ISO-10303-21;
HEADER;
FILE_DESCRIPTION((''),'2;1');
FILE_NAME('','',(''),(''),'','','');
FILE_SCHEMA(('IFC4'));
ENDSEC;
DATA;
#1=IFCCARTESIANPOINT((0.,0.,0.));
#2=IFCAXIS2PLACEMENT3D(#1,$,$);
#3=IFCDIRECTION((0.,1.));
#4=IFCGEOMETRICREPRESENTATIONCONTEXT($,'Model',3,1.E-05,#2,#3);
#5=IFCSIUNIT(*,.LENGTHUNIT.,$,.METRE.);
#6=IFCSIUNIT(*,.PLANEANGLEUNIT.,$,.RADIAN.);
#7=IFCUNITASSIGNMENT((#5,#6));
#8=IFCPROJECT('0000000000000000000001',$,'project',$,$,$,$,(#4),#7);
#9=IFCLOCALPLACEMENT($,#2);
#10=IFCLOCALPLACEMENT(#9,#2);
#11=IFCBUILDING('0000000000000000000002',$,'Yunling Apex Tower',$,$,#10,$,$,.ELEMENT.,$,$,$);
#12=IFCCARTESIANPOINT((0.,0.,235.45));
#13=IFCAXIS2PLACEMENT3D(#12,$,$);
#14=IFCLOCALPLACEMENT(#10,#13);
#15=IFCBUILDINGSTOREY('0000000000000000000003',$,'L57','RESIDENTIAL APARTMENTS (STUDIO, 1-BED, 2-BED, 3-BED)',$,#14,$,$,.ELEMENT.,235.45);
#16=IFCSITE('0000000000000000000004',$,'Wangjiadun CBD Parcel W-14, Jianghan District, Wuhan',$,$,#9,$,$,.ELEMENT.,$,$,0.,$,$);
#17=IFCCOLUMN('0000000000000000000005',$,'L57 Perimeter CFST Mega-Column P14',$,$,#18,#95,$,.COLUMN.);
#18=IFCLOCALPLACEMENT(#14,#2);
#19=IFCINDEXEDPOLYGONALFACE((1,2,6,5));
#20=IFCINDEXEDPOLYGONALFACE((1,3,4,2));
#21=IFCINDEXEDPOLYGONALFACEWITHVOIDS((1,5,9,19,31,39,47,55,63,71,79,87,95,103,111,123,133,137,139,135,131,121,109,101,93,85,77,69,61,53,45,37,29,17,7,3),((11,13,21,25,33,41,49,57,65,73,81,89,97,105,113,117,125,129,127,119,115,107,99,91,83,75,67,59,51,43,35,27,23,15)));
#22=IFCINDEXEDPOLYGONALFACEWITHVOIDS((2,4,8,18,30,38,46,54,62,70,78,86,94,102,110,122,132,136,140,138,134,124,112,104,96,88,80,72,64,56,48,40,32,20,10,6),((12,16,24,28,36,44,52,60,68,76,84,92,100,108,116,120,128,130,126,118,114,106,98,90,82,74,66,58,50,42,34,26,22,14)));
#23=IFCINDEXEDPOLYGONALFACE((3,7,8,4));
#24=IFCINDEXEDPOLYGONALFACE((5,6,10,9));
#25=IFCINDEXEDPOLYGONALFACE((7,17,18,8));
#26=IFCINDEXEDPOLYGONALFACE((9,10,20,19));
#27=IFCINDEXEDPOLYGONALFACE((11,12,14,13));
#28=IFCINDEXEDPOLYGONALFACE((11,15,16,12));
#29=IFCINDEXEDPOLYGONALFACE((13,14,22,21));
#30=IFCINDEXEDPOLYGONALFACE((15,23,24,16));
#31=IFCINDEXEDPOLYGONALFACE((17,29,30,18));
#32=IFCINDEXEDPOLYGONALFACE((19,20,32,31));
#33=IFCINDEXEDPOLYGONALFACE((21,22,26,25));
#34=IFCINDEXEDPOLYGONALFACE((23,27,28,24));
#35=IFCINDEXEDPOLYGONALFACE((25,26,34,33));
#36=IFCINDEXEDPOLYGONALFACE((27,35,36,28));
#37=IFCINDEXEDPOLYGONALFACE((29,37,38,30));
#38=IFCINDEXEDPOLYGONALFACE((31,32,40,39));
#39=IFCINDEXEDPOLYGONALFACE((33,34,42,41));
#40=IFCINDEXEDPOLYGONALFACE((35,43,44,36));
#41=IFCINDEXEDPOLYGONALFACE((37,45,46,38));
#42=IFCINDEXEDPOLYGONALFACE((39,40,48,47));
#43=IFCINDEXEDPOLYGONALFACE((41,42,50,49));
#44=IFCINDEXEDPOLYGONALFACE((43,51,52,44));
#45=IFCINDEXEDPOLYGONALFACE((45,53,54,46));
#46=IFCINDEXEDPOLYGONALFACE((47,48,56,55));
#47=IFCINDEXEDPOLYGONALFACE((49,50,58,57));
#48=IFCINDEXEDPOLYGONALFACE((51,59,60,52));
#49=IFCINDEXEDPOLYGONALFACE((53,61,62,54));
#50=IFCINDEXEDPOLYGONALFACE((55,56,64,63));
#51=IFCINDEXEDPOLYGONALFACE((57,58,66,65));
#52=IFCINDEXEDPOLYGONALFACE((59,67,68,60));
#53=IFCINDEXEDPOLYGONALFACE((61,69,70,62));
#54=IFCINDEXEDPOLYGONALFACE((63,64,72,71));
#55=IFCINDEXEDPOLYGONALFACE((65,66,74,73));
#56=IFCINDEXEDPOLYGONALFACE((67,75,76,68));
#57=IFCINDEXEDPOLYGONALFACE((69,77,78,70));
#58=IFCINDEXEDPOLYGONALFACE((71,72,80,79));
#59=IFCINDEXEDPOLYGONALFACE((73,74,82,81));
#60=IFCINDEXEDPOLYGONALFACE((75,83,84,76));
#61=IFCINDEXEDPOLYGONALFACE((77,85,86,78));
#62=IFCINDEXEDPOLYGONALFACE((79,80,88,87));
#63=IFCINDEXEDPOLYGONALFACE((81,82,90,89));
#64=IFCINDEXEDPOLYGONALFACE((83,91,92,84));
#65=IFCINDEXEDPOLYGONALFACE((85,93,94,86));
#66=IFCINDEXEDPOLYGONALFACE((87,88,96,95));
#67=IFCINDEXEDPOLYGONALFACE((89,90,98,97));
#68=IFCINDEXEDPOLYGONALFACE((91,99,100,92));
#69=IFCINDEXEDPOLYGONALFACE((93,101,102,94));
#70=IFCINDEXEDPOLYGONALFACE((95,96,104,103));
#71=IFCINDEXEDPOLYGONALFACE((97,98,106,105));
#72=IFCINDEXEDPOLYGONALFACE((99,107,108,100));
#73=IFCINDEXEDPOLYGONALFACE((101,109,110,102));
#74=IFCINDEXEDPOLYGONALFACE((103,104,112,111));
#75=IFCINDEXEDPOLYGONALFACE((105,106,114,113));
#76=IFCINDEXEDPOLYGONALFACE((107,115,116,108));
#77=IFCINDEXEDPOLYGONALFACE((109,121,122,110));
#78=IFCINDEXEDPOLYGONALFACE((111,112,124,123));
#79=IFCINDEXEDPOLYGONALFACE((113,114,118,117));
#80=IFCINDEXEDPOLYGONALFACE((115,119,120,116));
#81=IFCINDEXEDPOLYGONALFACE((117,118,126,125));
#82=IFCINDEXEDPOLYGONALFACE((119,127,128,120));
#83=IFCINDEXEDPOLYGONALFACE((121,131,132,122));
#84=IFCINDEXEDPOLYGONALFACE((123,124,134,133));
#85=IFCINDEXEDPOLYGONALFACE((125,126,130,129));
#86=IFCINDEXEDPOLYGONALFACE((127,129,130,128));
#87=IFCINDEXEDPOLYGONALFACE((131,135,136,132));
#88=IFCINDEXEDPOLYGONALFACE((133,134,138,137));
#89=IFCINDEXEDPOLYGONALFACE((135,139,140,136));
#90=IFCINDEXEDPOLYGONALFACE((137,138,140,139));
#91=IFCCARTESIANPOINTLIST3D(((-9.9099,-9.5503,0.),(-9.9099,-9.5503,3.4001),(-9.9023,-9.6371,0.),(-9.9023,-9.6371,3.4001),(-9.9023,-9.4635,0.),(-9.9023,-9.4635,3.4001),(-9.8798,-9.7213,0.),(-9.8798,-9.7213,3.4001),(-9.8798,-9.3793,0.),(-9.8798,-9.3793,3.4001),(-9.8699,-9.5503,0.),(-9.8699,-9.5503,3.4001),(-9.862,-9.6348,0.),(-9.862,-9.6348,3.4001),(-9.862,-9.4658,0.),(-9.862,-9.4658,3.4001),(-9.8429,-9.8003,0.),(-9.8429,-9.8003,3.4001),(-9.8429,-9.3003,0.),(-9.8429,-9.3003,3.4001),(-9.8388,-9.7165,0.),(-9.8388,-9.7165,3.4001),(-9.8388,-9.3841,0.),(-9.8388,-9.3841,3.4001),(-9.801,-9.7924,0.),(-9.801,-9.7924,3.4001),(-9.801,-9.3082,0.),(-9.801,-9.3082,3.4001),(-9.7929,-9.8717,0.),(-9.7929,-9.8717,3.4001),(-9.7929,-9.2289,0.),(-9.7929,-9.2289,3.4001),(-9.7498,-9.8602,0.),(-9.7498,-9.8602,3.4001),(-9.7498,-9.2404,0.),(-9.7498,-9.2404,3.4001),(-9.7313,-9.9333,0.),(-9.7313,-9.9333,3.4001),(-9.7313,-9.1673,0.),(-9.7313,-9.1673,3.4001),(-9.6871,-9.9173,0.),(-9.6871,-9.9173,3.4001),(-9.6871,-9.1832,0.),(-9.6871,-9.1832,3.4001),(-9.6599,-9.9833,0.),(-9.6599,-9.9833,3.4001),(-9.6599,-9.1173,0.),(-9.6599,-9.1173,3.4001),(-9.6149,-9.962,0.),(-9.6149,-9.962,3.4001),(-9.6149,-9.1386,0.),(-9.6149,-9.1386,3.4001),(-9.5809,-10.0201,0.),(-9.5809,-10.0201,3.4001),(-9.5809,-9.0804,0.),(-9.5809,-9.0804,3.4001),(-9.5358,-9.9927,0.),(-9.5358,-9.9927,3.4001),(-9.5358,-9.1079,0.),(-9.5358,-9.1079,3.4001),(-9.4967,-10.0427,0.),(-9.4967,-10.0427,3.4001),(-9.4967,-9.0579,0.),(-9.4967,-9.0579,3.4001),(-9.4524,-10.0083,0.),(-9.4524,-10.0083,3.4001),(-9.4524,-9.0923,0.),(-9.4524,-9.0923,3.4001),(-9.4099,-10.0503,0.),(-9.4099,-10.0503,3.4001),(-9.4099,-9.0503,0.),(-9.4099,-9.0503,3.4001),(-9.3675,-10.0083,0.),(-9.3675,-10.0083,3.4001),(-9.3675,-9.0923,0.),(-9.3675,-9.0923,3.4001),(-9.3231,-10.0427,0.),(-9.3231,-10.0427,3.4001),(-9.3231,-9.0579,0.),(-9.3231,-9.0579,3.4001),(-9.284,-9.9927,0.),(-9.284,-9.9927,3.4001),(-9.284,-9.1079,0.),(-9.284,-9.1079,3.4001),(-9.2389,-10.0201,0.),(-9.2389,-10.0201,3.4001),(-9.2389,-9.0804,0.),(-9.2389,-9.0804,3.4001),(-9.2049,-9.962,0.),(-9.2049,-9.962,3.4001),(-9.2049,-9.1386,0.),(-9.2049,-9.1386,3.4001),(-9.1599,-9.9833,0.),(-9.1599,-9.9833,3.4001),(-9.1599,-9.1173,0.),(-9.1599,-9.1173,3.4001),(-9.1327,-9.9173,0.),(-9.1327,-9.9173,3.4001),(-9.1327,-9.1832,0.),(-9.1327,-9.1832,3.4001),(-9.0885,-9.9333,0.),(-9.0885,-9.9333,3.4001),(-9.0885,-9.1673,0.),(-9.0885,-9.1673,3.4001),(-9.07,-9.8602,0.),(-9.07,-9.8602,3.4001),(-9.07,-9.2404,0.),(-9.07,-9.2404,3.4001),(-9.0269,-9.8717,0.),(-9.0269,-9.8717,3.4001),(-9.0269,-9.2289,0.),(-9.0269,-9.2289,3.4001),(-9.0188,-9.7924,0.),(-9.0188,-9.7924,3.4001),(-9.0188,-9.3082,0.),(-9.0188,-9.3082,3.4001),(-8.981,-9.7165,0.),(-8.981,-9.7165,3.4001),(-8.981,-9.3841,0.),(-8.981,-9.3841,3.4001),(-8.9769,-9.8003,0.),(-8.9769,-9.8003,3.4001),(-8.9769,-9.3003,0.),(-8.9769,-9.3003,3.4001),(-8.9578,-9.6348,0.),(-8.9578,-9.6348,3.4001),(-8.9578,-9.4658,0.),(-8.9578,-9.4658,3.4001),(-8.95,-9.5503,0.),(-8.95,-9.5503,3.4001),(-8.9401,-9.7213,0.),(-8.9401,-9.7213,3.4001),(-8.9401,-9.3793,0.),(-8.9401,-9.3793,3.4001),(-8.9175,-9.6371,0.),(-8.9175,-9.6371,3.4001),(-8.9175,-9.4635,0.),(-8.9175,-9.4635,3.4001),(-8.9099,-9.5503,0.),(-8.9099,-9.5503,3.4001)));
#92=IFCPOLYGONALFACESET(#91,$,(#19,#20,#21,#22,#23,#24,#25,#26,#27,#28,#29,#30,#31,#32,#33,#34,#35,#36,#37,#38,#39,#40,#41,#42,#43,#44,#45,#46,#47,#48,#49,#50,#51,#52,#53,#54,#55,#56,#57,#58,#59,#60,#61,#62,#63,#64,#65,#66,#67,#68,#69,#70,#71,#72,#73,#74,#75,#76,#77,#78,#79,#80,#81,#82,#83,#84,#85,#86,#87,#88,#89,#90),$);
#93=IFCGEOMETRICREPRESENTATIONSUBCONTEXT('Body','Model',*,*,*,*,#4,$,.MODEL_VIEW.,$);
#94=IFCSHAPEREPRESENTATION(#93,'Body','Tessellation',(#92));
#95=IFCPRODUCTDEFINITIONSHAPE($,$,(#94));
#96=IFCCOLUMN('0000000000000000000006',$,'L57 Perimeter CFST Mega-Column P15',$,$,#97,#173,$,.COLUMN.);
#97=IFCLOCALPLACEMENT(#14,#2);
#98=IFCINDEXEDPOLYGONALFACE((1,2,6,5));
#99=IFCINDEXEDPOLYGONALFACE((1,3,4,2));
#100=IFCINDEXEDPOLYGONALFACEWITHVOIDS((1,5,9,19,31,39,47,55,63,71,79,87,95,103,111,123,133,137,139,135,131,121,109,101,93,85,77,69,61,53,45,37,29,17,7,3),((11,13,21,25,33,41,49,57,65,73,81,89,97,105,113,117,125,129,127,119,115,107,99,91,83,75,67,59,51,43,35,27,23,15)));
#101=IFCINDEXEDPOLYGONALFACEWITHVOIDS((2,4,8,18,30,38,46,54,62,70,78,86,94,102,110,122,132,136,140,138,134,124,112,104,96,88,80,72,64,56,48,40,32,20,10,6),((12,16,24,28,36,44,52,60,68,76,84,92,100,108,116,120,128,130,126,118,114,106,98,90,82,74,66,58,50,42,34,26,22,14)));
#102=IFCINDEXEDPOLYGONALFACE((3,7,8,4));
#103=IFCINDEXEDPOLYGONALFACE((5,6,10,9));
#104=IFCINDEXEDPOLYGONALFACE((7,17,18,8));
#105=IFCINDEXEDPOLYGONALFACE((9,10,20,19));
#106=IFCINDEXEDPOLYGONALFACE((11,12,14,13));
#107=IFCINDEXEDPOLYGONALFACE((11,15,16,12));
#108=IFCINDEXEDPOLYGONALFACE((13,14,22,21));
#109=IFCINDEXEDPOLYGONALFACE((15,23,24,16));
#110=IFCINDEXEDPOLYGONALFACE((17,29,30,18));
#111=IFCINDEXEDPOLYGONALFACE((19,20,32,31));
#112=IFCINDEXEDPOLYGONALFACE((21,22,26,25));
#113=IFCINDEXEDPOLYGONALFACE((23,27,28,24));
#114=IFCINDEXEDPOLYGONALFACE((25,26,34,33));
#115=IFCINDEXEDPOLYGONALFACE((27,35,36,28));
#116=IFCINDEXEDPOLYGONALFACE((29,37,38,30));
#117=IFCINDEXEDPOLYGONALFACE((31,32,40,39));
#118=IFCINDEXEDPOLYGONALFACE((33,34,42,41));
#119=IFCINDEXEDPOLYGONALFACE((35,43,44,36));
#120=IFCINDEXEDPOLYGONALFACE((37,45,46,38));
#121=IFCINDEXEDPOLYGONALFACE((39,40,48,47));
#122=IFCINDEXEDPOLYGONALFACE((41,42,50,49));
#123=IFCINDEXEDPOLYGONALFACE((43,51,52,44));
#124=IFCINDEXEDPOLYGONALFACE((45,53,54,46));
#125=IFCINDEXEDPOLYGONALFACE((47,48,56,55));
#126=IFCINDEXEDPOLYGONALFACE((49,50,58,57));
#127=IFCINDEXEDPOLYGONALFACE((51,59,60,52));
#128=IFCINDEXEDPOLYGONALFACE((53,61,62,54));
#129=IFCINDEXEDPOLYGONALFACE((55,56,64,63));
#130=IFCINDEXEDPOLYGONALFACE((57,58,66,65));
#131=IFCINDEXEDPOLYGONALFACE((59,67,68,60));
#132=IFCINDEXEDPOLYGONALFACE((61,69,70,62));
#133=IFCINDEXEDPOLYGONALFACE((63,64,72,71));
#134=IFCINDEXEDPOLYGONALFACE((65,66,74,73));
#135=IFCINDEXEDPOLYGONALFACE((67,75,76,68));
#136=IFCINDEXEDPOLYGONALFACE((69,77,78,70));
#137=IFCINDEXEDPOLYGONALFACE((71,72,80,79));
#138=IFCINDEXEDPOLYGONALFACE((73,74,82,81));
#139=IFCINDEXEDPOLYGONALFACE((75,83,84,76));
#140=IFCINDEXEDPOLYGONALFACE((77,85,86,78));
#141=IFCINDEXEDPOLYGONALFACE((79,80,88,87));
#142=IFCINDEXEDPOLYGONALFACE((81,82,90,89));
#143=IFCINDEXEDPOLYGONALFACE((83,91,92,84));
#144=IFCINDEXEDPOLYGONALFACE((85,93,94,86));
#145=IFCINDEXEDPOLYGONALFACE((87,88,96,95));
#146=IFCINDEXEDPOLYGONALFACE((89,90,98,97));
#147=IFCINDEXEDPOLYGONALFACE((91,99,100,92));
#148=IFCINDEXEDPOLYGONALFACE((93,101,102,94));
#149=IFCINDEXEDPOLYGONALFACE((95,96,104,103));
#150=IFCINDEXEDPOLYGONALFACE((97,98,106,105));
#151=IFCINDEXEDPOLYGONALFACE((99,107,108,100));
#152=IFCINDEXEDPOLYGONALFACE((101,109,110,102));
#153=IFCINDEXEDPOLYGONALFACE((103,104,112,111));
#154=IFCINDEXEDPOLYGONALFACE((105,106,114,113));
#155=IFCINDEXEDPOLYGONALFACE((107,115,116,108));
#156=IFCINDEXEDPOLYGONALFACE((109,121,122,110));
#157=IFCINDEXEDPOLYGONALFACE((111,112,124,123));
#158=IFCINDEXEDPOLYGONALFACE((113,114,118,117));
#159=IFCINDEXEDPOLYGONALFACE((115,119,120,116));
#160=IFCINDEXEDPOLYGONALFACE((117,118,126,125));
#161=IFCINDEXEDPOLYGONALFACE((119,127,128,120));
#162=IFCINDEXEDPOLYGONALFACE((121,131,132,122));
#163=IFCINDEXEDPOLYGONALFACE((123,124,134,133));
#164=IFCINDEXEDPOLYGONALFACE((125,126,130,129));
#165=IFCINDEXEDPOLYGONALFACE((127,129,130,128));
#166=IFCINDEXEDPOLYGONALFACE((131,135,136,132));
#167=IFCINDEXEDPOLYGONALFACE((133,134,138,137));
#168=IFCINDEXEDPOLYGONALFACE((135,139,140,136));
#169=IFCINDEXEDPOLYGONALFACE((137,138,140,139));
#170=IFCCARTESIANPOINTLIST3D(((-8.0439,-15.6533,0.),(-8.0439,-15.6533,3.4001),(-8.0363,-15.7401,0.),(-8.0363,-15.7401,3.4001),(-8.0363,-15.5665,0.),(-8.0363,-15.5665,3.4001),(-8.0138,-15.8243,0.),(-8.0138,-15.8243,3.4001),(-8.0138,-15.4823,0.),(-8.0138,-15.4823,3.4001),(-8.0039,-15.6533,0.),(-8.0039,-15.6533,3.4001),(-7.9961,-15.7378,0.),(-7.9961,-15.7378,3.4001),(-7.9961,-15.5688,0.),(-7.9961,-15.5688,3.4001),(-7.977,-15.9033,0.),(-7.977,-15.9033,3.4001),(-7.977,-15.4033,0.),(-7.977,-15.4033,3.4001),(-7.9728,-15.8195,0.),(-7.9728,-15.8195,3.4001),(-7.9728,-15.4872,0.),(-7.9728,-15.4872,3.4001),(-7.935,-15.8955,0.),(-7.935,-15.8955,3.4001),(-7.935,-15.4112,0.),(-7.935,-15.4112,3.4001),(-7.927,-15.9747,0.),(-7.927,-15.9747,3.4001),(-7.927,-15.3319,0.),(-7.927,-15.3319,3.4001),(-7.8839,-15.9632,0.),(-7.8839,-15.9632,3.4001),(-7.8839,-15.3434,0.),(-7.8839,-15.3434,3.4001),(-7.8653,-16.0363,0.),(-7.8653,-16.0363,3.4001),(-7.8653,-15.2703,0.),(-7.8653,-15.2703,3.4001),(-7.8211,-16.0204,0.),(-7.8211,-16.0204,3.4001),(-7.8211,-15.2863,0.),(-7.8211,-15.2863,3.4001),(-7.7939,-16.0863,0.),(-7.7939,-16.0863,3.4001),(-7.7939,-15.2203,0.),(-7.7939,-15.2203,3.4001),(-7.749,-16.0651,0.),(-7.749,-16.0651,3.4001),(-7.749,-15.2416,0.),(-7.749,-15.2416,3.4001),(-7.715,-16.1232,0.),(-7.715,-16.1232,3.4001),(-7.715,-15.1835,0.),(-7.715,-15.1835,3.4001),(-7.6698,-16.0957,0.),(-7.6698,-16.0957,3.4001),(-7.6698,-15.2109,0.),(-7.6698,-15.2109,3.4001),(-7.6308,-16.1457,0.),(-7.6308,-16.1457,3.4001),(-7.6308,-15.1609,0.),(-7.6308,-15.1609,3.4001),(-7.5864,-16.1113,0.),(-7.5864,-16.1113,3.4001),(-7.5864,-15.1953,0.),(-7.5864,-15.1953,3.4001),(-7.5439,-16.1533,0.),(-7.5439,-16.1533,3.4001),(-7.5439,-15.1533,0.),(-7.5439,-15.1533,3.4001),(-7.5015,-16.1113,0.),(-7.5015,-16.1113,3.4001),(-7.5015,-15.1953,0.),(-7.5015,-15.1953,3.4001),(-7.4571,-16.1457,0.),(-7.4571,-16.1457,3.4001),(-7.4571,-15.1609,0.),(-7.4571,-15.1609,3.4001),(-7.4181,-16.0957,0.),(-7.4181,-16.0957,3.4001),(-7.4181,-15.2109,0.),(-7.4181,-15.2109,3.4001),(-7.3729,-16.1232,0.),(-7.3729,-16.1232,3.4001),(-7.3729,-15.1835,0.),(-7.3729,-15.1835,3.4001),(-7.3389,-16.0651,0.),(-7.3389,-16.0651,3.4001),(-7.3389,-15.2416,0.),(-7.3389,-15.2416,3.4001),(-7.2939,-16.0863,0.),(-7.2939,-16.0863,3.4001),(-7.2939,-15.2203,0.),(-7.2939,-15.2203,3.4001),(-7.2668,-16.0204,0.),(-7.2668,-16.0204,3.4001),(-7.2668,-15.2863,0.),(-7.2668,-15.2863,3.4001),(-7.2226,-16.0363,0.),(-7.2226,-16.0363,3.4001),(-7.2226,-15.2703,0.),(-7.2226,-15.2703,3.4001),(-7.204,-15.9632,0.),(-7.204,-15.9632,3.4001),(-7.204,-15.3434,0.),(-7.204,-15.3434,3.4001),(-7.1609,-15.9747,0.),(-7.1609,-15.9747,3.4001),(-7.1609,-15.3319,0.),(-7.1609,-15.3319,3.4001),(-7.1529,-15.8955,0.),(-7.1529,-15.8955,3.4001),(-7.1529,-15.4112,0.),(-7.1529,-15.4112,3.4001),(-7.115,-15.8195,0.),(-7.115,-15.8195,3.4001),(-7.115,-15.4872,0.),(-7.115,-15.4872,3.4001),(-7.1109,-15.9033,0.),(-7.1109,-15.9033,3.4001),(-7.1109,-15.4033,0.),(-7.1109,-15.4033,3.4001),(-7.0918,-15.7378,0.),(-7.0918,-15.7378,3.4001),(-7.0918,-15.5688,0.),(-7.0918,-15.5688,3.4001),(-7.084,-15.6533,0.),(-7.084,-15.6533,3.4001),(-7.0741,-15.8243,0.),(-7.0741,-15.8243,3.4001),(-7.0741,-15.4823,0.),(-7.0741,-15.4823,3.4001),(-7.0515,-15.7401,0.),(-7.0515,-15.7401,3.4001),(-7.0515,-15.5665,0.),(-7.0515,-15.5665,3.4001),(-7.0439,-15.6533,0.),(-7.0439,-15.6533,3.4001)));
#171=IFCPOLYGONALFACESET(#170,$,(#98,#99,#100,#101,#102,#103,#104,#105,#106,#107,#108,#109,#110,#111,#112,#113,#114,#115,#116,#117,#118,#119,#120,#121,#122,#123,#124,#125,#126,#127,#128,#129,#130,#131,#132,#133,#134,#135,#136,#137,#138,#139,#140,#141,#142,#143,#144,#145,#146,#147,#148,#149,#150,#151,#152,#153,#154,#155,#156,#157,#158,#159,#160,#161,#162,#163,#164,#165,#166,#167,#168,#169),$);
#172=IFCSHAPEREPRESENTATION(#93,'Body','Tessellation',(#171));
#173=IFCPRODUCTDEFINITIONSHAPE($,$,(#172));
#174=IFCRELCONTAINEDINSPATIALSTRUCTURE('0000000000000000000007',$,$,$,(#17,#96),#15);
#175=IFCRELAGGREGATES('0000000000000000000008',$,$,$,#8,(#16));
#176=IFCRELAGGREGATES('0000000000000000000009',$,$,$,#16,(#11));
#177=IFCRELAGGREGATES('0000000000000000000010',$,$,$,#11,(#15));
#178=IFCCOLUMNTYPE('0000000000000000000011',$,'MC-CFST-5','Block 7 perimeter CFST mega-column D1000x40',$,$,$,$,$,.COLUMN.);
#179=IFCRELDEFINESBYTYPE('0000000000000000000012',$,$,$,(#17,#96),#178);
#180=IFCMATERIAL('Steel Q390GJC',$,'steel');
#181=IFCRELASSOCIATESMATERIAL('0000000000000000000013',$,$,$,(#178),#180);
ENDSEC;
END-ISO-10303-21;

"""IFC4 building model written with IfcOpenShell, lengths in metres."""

from ifc_helpers import new_model, si_unit, direction, frame, origin, origin_2d, place, context, subcontext, project, spatial, hollow_circle, extrude, source, transform, mapped, material, material_profile, profile_set, type_object, element, save


model = new_model("IFC4")

# Units and contexts
model_context = context("Model", 3, precision=1e-05, world=origin(), true_north=direction((0.0, 1.0)))
body_context = subcontext(model_context, "Body", "Model", "MODEL_VIEW")
ifc_project = project(units=[si_unit("LENGTHUNIT", "METRE"), si_unit("PLANEANGLEUNIT", "RADIAN")], contexts=[model_context])

# Site, building, storey
site_placement = place(None, origin())
site = spatial("IfcSite", under=ifc_project, at=site_placement, Name="Wangjiadun CBD Parcel W-14, Jianghan District, Wuhan", CompositionType="ELEMENT", RefElevation=0.0)
building_placement = place(site_placement, origin())
building = spatial("IfcBuilding", under=site, at=building_placement, Name="Yunling Apex Tower", CompositionType="ELEMENT")
storey_placement = place(building_placement, frame((0.0, 0.0, 235.45)))
storey = spatial("IfcBuildingStorey", under=building, at=storey_placement, Name="L57", Description="RESIDENTIAL APARTMENTS (STUDIO, 1-BED, 2-BED, 3-BED)", CompositionType="ELEMENT", Elevation=235.45)

# Columns
ifc_material_1 = material(Name="Steel Q390GJC", Category="steel")
ifc_material_profile_1 = material_profile(ifc_material_1, hollow_circle(Radius=0.5, WallThickness=0.04, at=origin_2d()))
ifc_profile_set_1 = profile_set([ifc_material_profile_1], Name="Steel Q390GJC")
column_type = type_object("IfcColumnType", Name="MC-CFST-5", Description="Block 7 perimeter CFST mega-column D1000x40", PredefinedType="COLUMN", material=ifc_profile_set_1)
shared_shape_1 = source(origin(), body_context, "Body", "SweptSolid", [
    extrude(hollow_circle(Radius=0.5, WallThickness=0.04, at=origin_2d()), origin(), (0.0, 0.0, 1.0), 3.4001),
])
for number, where, z_axis, x_axis, name in (
    (1, (-9.4099, -9.5503, 0.0), (0.0, 0.0, 1.0), (1.0, 0.0, 0.0), "L57 Perimeter CFST Mega-Column P14"),
    (2, (-7.5439, -15.6533, 0.0), (0.0, 0.0, 1.0), (1.0, 0.0, 0.0), "L57 Perimeter CFST Mega-Column P15"),
):
    element("IfcColumn", number, at=place(storey_placement, frame(where, z_axis=z_axis, x_axis=x_axis)), inside=storey, type_object=column_type, Name=name, PredefinedType="COLUMN", context=body_context, shape_type="MappedRepresentation", body=[
        mapped(shared_shape_1, transform((0.0, 0.0, 0.0), scale=1.0)),
    ])

save(model, "model.ifc")
